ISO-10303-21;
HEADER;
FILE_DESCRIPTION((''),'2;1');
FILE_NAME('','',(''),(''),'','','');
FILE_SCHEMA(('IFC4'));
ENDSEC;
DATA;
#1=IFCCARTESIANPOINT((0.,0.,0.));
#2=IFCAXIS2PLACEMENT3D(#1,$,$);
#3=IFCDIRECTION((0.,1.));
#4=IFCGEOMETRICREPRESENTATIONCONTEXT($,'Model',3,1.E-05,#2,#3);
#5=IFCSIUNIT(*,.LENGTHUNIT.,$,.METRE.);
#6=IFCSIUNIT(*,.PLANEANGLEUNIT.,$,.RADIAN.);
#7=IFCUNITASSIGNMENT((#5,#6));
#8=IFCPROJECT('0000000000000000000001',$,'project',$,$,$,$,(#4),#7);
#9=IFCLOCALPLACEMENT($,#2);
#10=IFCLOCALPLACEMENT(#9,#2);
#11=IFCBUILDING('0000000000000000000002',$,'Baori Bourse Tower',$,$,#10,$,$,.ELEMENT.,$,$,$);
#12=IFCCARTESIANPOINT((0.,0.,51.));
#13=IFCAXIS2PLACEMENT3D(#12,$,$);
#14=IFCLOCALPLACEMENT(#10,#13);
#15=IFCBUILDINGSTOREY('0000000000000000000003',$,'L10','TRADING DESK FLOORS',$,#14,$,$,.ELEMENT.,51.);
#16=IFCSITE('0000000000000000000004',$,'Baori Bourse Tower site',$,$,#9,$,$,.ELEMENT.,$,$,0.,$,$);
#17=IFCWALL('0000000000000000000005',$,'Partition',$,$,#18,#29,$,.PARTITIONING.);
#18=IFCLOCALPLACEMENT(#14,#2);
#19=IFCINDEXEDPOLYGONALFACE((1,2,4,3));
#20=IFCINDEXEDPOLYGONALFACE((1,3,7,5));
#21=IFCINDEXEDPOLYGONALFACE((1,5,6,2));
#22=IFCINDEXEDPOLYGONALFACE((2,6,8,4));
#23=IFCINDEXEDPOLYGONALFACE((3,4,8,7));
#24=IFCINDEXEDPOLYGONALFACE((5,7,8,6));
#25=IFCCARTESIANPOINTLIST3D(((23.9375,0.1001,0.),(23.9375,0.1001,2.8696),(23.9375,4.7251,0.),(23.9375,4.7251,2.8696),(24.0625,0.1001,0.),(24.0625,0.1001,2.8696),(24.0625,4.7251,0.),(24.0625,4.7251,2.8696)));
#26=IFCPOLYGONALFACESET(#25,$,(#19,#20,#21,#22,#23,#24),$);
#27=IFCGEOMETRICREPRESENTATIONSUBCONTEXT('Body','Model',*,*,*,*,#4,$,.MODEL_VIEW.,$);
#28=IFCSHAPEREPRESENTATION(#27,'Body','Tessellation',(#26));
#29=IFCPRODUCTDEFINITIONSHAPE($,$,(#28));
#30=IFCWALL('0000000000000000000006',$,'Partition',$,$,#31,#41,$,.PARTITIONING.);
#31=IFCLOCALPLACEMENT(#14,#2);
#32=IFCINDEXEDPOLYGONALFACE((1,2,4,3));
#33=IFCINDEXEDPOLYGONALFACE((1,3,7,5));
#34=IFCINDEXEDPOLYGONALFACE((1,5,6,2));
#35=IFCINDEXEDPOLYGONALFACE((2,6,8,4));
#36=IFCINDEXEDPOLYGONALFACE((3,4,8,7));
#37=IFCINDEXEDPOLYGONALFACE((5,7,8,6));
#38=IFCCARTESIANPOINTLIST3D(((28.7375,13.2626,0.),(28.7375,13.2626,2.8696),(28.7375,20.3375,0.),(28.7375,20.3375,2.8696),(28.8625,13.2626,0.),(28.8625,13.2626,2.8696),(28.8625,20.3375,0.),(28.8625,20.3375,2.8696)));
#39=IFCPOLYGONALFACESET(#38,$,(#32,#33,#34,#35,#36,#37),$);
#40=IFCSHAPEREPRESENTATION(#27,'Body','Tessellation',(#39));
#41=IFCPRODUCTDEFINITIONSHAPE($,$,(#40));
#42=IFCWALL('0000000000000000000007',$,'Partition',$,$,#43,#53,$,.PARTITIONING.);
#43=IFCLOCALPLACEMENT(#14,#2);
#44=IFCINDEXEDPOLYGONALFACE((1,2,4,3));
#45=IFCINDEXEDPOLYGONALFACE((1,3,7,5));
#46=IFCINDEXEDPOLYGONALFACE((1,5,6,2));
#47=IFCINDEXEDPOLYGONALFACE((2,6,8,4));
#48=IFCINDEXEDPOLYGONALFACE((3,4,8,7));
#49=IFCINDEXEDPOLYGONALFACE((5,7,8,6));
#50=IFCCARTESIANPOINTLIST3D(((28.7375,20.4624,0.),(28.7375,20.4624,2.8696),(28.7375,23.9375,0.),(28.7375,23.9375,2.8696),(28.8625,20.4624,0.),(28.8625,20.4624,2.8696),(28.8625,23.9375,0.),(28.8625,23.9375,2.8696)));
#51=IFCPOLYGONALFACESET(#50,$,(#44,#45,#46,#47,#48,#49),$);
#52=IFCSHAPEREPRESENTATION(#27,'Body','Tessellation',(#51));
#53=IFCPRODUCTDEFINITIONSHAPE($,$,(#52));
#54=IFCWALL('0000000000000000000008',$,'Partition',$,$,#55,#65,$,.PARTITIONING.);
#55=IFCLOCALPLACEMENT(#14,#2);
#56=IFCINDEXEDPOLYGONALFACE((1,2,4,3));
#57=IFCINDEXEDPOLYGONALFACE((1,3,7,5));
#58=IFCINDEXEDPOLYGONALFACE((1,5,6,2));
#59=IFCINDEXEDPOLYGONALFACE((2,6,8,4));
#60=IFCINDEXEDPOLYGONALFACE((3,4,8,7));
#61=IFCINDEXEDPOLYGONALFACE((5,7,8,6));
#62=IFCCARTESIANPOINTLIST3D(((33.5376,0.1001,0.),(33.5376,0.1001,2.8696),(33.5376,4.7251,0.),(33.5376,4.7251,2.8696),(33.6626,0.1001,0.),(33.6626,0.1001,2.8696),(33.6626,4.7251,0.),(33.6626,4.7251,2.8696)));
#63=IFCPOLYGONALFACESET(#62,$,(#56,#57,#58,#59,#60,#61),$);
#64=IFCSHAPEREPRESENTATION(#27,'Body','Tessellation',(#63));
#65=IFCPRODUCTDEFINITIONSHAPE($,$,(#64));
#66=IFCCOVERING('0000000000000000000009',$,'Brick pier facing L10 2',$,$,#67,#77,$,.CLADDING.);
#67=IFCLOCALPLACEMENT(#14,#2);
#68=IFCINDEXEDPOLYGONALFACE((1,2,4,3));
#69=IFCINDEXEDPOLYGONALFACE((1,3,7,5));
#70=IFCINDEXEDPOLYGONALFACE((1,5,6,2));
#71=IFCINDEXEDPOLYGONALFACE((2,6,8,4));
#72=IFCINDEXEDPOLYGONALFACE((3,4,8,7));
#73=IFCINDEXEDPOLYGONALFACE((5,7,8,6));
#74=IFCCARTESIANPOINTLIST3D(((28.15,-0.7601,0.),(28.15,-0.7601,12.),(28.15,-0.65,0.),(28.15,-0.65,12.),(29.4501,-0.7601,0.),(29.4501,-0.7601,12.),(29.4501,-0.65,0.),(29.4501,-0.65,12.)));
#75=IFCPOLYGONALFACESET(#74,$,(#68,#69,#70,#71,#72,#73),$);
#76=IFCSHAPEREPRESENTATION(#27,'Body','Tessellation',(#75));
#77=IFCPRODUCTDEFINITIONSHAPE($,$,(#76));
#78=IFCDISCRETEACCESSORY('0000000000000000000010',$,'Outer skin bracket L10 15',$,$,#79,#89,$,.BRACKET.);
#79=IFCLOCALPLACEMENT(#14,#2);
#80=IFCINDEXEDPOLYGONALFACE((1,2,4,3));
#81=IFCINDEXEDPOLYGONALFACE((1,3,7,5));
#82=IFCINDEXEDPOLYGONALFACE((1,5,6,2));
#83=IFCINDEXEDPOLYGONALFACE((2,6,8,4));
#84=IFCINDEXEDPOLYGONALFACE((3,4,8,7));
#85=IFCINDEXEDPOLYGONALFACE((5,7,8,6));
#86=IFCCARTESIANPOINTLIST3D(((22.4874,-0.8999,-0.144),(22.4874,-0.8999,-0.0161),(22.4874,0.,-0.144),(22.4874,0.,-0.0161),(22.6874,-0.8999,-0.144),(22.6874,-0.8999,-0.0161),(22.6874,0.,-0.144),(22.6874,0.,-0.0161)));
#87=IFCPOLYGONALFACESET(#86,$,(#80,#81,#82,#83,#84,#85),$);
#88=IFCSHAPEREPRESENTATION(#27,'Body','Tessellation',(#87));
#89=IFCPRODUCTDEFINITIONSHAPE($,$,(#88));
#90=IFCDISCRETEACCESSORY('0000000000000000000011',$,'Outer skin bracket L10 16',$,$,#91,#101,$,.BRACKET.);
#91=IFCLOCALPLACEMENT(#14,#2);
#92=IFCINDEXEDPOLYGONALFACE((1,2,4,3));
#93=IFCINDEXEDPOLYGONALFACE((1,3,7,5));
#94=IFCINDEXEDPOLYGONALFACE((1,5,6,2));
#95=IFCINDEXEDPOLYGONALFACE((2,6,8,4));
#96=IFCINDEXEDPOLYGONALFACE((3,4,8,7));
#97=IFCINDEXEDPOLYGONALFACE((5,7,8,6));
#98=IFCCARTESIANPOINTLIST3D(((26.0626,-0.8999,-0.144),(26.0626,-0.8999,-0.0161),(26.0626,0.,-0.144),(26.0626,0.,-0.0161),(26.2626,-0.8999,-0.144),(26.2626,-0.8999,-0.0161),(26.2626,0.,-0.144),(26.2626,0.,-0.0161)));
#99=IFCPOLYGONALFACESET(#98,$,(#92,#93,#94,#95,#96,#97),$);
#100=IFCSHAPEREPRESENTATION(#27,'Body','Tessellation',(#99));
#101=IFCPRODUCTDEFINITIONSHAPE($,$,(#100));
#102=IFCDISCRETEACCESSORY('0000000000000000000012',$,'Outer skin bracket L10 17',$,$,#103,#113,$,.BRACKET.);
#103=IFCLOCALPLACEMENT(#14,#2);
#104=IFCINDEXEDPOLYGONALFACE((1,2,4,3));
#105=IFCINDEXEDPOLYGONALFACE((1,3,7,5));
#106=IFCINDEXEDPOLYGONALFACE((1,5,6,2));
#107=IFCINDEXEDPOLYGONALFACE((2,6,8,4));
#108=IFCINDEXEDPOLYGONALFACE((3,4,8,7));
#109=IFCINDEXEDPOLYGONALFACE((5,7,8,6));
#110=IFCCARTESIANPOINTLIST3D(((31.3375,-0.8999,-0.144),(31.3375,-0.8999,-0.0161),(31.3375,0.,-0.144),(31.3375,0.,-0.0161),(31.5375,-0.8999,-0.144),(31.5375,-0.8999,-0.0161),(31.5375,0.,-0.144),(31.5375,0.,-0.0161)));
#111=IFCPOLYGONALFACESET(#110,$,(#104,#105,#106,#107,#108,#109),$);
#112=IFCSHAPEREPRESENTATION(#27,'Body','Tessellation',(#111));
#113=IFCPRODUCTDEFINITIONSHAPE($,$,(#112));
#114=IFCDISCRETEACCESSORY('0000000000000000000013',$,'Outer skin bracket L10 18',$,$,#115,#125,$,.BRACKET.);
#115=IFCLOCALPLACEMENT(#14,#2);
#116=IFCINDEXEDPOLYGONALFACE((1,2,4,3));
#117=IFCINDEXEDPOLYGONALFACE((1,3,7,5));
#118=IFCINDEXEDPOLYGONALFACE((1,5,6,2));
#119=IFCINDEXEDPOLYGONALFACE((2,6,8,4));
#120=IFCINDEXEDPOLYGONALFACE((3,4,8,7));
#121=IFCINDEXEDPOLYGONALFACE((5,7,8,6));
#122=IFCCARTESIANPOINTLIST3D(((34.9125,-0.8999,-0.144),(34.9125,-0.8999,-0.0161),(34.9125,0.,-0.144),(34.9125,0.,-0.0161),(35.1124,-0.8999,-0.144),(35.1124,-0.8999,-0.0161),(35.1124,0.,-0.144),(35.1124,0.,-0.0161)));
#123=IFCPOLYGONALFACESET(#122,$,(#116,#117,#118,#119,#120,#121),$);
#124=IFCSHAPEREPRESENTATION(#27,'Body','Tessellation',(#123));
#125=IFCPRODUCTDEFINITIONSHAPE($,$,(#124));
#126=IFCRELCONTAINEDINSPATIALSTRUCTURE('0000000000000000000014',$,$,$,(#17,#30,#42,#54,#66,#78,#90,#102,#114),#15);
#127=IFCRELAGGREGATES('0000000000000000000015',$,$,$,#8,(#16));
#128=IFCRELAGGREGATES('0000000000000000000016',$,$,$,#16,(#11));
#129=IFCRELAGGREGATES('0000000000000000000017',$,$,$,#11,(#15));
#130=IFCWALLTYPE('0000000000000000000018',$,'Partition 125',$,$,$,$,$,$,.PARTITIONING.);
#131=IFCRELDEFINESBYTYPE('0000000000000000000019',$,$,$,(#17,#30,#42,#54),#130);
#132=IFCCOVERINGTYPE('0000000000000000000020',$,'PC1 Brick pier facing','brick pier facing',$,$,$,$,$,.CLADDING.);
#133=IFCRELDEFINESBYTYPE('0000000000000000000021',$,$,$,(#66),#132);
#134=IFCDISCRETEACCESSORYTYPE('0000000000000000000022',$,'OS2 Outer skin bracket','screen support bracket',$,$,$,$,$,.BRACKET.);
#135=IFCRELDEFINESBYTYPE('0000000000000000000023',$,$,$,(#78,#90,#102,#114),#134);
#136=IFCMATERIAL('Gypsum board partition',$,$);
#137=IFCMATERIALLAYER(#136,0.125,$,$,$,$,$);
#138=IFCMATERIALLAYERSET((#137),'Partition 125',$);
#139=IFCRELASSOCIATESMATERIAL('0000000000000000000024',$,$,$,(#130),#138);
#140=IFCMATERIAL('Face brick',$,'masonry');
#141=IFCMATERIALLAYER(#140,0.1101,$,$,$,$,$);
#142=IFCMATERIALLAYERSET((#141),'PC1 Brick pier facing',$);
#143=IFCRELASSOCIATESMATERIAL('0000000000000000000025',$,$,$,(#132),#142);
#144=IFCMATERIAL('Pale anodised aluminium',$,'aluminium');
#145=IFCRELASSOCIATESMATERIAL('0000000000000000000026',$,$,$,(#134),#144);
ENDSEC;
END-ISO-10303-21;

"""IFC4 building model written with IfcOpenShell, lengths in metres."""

from ifc_helpers import new_model, si_unit, direction, frame, frame_2d, origin, origin_2d, place, context, subcontext, project, spatial, rectangle, extrude, material, layer, layer_set, type_object, element, save


model = new_model("IFC4")

# Units and contexts
model_context = context("Model", 3, precision=1e-05, world=origin(), true_north=direction((0.0, 1.0)))
body_context = subcontext(model_context, "Body", "Model", "MODEL_VIEW")
ifc_project = project(units=[si_unit("LENGTHUNIT", "METRE"), si_unit("PLANEANGLEUNIT", "RADIAN")], contexts=[model_context])

# Site, building, storey
site_placement = place(None, origin())
site = spatial("IfcSite", under=ifc_project, at=site_placement, Name="Baori Bourse Tower site", CompositionType="ELEMENT", RefElevation=0.0)
building_placement = place(site_placement, origin())
building = spatial("IfcBuilding", under=site, at=building_placement, Name="Baori Bourse Tower", CompositionType="ELEMENT")
storey_placement = place(building_placement, frame((0.0, 0.0, 51.0)))
storey = spatial("IfcBuildingStorey", under=building, at=storey_placement, Name="L10", Description="TRADING DESK FLOORS", CompositionType="ELEMENT", Elevation=51.0)

# Walls
ifc_material_1 = material(Name="Gypsum board partition")
ifc_layer_1 = layer(ifc_material_1, 0.125)
ifc_layer_set_1 = layer_set([ifc_layer_1], Name="Partition 125")
wall_type_1 = type_object("IfcWallType", Name="Partition 125", PredefinedType="PARTITIONING", material=ifc_layer_set_1)
wall_1_placement = place(storey_placement, frame((24.0, 0.1001, 0.0), z_axis=(0.0, 0.0, 1.0), x_axis=(0.0, 1.0, 0.0)))
element("IfcWall", 1, at=wall_1_placement, inside=storey, type_object=wall_type_1, Name="Partition", PredefinedType="PARTITIONING", context=body_context, shape_type="SweptSolid", body=[
    extrude(rectangle(XDim=4.625, YDim=0.125, at=frame_2d((2.3125, 0.0))), origin(), (0.0, 0.0, 1.0), 2.8696),
])
wall_2_placement = place(storey_placement, frame((28.8, 13.2625, 0.0), z_axis=(0.0, 0.0, 1.0), x_axis=(0.0, 1.0, 0.0)))
element("IfcWall", 2, at=wall_2_placement, inside=storey, type_object=wall_type_1, Name="Partition", PredefinedType="PARTITIONING", context=body_context, shape_type="SweptSolid", body=[
    extrude(rectangle(XDim=7.075, YDim=0.125, at=frame_2d((3.5376, 0.0))), origin(), (0.0, 0.0, 1.0), 2.8696),
])
wall_3_placement = place(storey_placement, frame((28.8, 20.4624, 0.0), z_axis=(0.0, 0.0, 1.0), x_axis=(0.0, 1.0, 0.0)))
element("IfcWall", 3, at=wall_3_placement, inside=storey, type_object=wall_type_1, Name="Partition", PredefinedType="PARTITIONING", context=body_context, shape_type="SweptSolid", body=[
    extrude(rectangle(XDim=3.4751, YDim=0.125, at=frame_2d((1.7375, 0.0))), origin(), (0.0, 0.0, 1.0), 2.8696),
])
wall_4_placement = place(storey_placement, frame((33.6001, 0.1001, 0.0), z_axis=(0.0, 0.0, 1.0), x_axis=(0.0, 1.0, 0.0)))
element("IfcWall", 4, at=wall_4_placement, inside=storey, type_object=wall_type_1, Name="Partition", PredefinedType="PARTITIONING", context=body_context, shape_type="SweptSolid", body=[
    extrude(rectangle(XDim=4.625, YDim=0.125, at=frame_2d((2.3125, 0.0))), origin(), (0.0, 0.0, 1.0), 2.8696),
])

# Covering
ifc_material_2 = material(Name="Face brick", Category="masonry")
ifc_layer_2 = layer(ifc_material_2, 0.1101)
ifc_layer_set_2 = layer_set([ifc_layer_2], Name="PC1 Brick pier facing")
covering_type = type_object("IfcCoveringType", Name="PC1 Brick pier facing", Description="brick pier facing", PredefinedType="CLADDING", material=ifc_layer_set_2)
covering_placement = place(storey_placement, frame((28.8, -0.7051, 0.0), z_axis=(0.0, 0.0, 1.0), x_axis=(1.0, 0.0, 0.0)))
element("IfcCovering", 5, at=covering_placement, inside=storey, type_object=covering_type, Name="Brick pier facing L10 2", PredefinedType="CLADDING", context=body_context, shape_type="SweptSolid", body=[
    extrude(rectangle(XDim=1.3, YDim=0.1101, at=origin_2d()), origin(), (0.0, 0.0, 1.0), 12.0),
])

# Discrete accessories
ifc_material_3 = material(Name="Pale anodised aluminium", Category="aluminium")
discrete_accessory_type = type_object("IfcDiscreteAccessoryType", Name="OS2 Outer skin bracket", Description="screen support bracket", PredefinedType="BRACKET", material=ifc_material_3)
for number, where, z_axis, x_axis, name in (
    (6, (22.5874, -0.45, -0.144), (0.0, 0.0, 1.0), (1.0, 0.0, 0.0), "Outer skin bracket L10 15"),
    (7, (26.1626, -0.45, -0.144), (0.0, 0.0, 1.0), (1.0, 0.0, 0.0), "Outer skin bracket L10 16"),
    (8, (31.4375, -0.45, -0.144), (0.0, 0.0, 1.0), (1.0, 0.0, 0.0), "Outer skin bracket L10 17"),
    (9, (35.0125, -0.45, -0.144), (0.0, 0.0, 1.0), (1.0, 0.0, 0.0), "Outer skin bracket L10 18"),
):
    element("IfcDiscreteAccessory", number, at=place(storey_placement, frame(where, z_axis=z_axis, x_axis=x_axis)), inside=storey, type_object=discrete_accessory_type, Name=name, PredefinedType="BRACKET", context=body_context, shape_type="SweptSolid", body=[
        extrude(rectangle(XDim=0.2, YDim=0.8999, at=origin_2d()), origin(), (0.0, 0.0, 1.0), 0.1279),
    ])

save(model, "model.ifc")
